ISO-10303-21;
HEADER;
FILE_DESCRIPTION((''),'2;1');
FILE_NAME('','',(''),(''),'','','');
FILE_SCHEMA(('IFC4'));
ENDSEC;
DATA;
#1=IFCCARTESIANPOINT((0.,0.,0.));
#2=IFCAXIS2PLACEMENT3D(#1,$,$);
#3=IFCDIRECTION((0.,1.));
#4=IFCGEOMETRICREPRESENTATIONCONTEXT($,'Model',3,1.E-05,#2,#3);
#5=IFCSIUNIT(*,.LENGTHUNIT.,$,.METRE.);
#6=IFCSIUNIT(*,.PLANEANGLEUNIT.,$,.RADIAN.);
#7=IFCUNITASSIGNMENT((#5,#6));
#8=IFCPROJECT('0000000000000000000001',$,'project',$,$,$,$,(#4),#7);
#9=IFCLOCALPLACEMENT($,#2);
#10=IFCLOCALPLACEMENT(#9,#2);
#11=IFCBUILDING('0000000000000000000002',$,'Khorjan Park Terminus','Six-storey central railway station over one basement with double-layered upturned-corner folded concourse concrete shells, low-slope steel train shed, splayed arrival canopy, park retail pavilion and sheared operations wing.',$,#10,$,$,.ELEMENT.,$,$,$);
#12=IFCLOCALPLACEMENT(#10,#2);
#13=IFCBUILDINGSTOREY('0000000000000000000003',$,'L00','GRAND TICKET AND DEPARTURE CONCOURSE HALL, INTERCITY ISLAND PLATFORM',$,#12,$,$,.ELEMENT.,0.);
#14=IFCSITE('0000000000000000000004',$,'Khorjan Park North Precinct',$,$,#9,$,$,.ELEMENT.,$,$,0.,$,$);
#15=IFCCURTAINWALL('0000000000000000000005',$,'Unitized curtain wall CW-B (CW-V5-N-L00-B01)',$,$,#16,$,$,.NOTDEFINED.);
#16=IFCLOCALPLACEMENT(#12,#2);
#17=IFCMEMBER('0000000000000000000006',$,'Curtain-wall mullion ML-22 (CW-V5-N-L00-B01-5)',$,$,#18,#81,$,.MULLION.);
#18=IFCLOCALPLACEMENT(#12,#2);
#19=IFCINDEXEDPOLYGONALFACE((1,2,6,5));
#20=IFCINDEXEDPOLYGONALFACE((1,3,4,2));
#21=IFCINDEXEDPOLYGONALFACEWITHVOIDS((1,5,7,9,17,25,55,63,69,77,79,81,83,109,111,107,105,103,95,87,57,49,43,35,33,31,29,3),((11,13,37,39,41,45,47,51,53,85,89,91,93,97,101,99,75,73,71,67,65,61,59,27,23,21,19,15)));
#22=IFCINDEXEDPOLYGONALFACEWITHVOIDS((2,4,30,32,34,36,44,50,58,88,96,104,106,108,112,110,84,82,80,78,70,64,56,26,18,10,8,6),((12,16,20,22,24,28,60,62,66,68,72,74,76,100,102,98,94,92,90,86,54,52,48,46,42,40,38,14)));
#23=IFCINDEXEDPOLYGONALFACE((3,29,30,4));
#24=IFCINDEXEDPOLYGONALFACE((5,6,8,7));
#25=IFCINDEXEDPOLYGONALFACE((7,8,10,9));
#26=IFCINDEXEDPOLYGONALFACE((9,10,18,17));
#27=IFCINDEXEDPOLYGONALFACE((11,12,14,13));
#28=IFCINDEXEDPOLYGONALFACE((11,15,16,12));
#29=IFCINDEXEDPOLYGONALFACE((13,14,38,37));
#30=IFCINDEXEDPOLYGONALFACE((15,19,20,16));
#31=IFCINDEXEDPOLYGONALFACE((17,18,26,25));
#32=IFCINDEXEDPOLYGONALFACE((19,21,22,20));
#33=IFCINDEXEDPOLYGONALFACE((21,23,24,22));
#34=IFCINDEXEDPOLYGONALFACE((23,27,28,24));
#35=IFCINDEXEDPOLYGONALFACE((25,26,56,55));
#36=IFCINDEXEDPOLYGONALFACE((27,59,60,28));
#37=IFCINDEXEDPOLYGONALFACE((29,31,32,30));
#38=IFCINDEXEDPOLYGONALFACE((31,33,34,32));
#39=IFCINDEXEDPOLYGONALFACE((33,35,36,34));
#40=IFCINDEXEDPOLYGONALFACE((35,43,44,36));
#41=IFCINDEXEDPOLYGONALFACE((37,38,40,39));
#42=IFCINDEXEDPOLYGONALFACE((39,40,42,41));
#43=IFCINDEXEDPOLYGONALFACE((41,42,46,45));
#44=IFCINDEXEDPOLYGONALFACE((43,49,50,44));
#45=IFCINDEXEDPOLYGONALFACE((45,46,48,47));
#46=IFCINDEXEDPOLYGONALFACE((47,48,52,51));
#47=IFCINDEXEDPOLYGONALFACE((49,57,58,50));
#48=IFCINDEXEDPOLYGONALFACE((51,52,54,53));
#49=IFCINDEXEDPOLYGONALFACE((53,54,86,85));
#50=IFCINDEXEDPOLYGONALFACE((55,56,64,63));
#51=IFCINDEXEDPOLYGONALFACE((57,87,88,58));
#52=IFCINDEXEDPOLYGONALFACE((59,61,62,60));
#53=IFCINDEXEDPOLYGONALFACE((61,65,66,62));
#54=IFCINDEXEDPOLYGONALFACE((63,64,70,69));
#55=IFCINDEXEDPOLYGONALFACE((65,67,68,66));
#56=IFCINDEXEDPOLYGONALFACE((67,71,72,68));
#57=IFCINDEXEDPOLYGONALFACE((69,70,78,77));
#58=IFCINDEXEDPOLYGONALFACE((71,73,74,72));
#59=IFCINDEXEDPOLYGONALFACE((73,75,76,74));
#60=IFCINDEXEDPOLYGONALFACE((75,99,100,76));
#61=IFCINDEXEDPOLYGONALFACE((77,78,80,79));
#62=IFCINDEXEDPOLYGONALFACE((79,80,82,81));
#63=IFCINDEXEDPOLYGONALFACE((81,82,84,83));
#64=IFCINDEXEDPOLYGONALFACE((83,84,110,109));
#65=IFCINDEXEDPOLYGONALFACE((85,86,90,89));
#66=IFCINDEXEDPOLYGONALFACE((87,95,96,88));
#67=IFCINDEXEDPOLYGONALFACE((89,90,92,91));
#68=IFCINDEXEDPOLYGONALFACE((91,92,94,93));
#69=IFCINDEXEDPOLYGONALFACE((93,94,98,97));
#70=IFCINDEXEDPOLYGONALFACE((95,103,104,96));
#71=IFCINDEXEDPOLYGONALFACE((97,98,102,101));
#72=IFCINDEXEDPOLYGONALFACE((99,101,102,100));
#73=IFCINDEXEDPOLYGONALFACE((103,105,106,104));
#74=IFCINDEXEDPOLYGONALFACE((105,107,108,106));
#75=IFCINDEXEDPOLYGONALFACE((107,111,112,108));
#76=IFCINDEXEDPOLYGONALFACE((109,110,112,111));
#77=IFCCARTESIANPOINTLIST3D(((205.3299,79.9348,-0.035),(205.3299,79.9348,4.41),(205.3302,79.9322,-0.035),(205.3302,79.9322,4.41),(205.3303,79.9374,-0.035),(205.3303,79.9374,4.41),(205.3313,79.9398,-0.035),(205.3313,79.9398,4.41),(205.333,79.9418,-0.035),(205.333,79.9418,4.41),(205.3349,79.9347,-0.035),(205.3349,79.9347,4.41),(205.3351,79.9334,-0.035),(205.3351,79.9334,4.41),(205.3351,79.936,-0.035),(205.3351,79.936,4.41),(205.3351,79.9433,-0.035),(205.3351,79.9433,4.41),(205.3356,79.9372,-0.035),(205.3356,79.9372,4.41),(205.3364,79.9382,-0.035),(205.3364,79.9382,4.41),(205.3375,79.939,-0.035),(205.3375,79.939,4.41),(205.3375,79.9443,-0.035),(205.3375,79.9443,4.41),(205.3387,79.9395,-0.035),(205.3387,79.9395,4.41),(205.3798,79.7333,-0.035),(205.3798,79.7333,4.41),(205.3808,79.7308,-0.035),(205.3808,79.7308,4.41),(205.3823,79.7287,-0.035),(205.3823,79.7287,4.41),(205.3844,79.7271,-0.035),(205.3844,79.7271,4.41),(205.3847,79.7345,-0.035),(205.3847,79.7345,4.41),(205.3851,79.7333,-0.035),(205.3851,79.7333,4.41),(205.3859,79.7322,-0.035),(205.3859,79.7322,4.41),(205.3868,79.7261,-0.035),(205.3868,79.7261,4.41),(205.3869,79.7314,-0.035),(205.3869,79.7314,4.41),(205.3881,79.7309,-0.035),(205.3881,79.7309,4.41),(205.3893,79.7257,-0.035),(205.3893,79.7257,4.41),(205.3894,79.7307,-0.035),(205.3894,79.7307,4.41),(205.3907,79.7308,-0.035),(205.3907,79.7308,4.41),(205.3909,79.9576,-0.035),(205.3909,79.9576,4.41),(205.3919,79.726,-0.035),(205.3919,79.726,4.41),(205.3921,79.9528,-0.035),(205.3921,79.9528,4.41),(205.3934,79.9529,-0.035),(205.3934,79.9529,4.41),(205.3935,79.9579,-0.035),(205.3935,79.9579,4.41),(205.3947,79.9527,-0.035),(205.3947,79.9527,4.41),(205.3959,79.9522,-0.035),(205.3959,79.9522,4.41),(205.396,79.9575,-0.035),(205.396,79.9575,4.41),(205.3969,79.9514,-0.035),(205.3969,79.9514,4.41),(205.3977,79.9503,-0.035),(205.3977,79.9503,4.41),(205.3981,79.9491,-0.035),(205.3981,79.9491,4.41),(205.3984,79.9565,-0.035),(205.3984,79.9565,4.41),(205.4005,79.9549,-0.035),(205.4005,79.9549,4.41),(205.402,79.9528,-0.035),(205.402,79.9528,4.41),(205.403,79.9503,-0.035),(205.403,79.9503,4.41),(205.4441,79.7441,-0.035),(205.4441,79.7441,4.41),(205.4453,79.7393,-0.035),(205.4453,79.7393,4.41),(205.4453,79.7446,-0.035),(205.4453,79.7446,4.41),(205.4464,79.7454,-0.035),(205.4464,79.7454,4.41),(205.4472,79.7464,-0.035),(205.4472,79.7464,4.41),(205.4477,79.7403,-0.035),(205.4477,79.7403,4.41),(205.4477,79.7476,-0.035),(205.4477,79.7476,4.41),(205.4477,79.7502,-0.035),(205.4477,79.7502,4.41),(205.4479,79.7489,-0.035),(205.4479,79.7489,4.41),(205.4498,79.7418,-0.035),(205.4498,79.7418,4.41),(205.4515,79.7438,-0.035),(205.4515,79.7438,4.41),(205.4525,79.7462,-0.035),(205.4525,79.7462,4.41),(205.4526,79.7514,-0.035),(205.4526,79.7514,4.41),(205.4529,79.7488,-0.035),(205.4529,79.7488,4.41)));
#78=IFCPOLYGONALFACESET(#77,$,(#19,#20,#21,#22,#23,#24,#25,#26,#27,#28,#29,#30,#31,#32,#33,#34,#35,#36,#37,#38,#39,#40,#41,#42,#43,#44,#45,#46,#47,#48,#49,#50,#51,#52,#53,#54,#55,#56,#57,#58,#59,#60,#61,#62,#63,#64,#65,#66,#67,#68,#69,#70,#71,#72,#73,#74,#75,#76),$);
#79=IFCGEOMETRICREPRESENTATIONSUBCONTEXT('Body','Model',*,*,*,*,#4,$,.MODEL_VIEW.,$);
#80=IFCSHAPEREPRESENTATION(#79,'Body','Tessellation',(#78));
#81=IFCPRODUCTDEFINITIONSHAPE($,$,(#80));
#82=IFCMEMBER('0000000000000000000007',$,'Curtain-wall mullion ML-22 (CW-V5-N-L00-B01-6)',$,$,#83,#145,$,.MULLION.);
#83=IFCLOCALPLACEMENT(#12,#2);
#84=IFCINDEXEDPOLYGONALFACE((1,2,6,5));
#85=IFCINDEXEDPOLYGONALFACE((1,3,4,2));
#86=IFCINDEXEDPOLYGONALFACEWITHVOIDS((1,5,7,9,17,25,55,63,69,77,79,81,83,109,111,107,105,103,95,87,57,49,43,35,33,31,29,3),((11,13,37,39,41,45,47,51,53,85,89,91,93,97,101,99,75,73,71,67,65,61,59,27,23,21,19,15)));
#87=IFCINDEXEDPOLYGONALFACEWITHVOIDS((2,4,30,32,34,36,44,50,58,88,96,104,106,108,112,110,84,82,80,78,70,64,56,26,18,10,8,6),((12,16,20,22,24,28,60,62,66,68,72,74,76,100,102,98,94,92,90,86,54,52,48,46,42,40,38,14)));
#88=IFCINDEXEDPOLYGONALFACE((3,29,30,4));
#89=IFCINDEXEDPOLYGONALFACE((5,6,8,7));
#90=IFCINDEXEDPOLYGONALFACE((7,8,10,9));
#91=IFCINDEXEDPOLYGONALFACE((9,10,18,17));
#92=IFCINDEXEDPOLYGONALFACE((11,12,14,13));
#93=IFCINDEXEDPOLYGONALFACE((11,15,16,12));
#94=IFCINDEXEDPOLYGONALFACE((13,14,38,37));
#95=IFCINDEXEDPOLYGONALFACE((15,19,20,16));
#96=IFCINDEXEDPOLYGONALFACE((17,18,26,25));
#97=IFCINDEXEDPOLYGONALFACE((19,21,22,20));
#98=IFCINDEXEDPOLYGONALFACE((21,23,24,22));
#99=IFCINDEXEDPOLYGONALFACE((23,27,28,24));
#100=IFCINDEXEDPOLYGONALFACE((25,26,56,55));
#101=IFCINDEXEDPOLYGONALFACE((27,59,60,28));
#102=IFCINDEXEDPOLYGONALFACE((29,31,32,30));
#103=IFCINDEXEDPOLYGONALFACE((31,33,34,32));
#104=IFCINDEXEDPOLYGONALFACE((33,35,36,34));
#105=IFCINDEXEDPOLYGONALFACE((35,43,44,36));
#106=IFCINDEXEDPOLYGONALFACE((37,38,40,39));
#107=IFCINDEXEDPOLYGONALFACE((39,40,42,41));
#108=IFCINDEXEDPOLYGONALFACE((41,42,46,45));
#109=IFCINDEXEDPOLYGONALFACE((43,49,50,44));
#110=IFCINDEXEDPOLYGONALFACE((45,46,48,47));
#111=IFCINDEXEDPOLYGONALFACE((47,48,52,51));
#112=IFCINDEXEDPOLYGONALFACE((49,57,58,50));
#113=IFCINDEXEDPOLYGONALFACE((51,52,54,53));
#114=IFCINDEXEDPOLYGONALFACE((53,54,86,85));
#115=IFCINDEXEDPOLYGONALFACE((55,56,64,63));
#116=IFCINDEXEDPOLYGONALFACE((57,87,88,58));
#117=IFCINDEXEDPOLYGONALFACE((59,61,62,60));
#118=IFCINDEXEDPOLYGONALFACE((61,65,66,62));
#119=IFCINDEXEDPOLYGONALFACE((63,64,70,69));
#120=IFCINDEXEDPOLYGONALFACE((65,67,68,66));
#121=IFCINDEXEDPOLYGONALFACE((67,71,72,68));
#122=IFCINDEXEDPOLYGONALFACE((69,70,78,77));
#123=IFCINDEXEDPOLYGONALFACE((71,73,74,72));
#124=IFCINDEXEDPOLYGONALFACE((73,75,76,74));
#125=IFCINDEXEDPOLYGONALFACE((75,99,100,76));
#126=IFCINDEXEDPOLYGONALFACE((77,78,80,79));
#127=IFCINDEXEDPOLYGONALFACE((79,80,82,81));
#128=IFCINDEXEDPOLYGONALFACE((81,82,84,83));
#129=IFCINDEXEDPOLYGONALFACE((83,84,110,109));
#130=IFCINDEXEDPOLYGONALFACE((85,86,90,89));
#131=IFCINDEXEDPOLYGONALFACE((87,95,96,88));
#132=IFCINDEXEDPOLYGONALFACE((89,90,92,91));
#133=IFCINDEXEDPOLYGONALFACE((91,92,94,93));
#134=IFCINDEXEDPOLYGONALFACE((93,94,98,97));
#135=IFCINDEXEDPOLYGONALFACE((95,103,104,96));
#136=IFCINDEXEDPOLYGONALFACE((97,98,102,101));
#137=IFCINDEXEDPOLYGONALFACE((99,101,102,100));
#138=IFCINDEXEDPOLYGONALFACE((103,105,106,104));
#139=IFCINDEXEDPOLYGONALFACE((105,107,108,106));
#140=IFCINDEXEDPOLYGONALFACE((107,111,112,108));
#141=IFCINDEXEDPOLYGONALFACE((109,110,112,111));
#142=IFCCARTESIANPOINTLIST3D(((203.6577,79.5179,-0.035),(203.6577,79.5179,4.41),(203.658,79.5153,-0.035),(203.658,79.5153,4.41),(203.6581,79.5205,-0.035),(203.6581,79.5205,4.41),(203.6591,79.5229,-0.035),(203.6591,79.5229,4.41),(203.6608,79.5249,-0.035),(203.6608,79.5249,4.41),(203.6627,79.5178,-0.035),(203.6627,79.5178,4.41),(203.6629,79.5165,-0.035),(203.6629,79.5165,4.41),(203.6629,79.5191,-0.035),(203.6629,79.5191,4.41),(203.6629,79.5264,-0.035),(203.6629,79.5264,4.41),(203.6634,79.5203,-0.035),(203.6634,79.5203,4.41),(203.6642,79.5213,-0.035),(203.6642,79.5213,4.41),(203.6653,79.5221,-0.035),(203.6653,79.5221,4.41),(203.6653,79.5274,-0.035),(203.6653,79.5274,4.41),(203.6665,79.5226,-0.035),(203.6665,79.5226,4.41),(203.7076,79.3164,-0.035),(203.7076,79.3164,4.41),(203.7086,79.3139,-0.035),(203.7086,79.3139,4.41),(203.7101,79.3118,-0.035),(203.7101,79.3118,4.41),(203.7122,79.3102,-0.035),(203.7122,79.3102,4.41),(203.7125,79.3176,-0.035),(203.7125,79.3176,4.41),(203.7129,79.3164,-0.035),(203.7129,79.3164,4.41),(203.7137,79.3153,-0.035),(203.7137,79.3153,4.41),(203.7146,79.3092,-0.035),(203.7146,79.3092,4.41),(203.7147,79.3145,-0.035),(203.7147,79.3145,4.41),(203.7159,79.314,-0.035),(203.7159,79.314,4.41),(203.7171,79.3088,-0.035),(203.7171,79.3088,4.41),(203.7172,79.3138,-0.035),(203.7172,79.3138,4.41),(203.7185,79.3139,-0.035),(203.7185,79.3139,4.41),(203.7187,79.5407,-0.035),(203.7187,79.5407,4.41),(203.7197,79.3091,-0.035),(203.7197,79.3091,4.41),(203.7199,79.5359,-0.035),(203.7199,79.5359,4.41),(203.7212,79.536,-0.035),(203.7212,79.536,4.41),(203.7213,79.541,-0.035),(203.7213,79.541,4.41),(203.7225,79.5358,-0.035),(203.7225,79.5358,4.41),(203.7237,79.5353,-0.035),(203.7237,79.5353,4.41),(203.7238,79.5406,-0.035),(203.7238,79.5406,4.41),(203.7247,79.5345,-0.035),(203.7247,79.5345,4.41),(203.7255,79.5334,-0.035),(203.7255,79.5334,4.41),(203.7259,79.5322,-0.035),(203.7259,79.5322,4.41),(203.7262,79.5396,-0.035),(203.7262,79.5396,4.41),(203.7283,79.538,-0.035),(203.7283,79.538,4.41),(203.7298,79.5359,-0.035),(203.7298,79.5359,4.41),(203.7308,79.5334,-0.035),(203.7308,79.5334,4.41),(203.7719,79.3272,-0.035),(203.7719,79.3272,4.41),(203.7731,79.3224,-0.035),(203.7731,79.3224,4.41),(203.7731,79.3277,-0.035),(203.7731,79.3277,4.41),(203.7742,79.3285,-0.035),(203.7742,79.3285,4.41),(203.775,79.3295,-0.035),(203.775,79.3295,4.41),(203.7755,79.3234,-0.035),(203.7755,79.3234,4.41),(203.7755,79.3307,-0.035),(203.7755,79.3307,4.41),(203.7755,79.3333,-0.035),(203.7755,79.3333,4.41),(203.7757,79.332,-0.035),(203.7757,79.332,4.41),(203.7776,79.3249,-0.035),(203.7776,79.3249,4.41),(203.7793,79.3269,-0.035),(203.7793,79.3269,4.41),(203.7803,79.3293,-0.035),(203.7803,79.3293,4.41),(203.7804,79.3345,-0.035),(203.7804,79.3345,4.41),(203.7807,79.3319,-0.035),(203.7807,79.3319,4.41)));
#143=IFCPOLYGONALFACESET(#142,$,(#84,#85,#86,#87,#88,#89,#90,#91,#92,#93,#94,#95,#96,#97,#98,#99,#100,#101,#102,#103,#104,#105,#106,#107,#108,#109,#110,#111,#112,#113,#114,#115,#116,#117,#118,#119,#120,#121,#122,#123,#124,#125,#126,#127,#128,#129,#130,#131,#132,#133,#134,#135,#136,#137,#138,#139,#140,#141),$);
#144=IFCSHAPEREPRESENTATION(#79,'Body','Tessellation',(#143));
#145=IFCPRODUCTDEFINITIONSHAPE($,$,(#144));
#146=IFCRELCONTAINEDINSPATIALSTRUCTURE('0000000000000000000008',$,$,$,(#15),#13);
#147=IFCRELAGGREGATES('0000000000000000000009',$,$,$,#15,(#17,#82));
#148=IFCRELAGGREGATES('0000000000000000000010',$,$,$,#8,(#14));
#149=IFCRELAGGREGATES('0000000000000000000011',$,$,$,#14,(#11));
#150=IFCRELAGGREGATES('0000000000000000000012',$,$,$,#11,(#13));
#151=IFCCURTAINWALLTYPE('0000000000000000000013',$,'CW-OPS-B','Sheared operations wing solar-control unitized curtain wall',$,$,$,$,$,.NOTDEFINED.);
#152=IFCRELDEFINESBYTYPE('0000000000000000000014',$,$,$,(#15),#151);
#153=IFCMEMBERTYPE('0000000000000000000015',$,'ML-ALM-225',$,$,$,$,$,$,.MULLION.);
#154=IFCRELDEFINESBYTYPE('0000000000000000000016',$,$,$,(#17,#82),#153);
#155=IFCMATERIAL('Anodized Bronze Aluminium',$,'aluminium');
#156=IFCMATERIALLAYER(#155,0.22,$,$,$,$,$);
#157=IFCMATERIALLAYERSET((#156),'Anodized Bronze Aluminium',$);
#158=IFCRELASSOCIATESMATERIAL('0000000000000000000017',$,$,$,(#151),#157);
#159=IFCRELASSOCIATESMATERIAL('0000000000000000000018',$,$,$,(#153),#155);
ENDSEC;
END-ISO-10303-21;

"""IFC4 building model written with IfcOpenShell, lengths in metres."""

from ifc_helpers import new_model, si_unit, direction, frame, origin, origin_2d, place, context, subcontext, project, spatial, hollow_rectangle, extrude, material, layer, layer_set, material_profile, profile_set, type_object, element, aggregate, save


model = new_model("IFC4")

# Units and contexts
model_context = context("Model", 3, precision=1e-05, world=origin(), true_north=direction((0.0, 1.0)))
body_context = subcontext(model_context, "Body", "Model", "MODEL_VIEW")
ifc_project = project(units=[si_unit("LENGTHUNIT", "METRE"), si_unit("PLANEANGLEUNIT", "RADIAN")], contexts=[model_context])

# Site, building, storey
site_placement = place(None, origin())
site = spatial("IfcSite", under=ifc_project, at=site_placement, Name="Khorjan Park North Precinct", CompositionType="ELEMENT", RefElevation=0.0)
building_placement = place(site_placement, origin())
building = spatial("IfcBuilding", under=site, at=building_placement, Name="Khorjan Park Terminus", Description="Six-storey central railway station over one basement with double-layered upturned-corner folded concourse concrete shells, low-slope steel train shed, splayed arrival canopy, park retail pavilion and sheared operations wing.", CompositionType="ELEMENT")
storey_placement = place(building_placement, origin())
storey = spatial("IfcBuildingStorey", under=building, at=storey_placement, Name="L00", Description="GRAND TICKET AND DEPARTURE CONCOURSE HALL, INTERCITY ISLAND PLATFORM", CompositionType="ELEMENT", Elevation=0.0)

# Curtain wall, members
ifc_material_1 = material(Name="Anodized Bronze Aluminium", Category="aluminium")
ifc_layer_1 = layer(ifc_material_1, 0.22)
ifc_layer_set_1 = layer_set([ifc_layer_1], Name="Anodized Bronze Aluminium")
curtain_wall_type = type_object("IfcCurtainWallType", Name="CW-OPS-B", Description="Sheared operations wing solar-control unitized curtain wall", PredefinedType="NOTDEFINED", material=ifc_layer_set_1)
curtain_wall_placement = place(storey_placement, origin())
curtain_wall = element("IfcCurtainWall", 1, at=curtain_wall_placement, inside=storey, type_object=curtain_wall_type, Name="Unitized curtain wall CW-B (CW-V5-N-L00-B01)", PredefinedType="NOTDEFINED")
ifc_material_profile_1 = material_profile(ifc_material_1, hollow_rectangle(XDim=0.075, YDim=0.225, WallThickness=0.005, InnerFilletRadius=0.005, OuterFilletRadius=0.01, at=origin_2d()), Name="ALM 75x225x5")
ifc_profile_set_1 = profile_set([ifc_material_profile_1], Name="Anodized Bronze Aluminium")
member_type_1 = type_object("IfcMemberType", Name="ML-ALM-225", PredefinedType="MULLION", material=ifc_profile_set_1)
member_1_placement = place(storey_placement, frame((205.3914, 79.8418, -0.035), z_axis=(0.0, 0.0, 1.0), x_axis=(-0.970294, -0.241928, 0.0)))
member_1 = element("IfcMember", 2, at=member_1_placement, type_object=member_type_1, Name="Curtain-wall mullion ML-22 (CW-V5-N-L00-B01-5)", PredefinedType="MULLION", context=body_context, shape_type="SweptSolid", body=[
    extrude(hollow_rectangle(XDim=0.075, YDim=0.225, WallThickness=0.005, InnerFilletRadius=0.005, OuterFilletRadius=0.01, at=origin_2d()), origin(), (0.0, 0.0, 1.0), 4.445),
])
member_2_placement = place(storey_placement, frame((203.7192, 79.4249, -0.035), z_axis=(0.0, 0.0, 1.0), x_axis=(-0.970294, -0.241928, 0.0)))
member_2 = element("IfcMember", 3, at=member_2_placement, type_object=member_type_1, Name="Curtain-wall mullion ML-22 (CW-V5-N-L00-B01-6)", PredefinedType="MULLION", context=body_context, shape_type="SweptSolid", body=[
    extrude(hollow_rectangle(XDim=0.075, YDim=0.225, WallThickness=0.005, InnerFilletRadius=0.005, OuterFilletRadius=0.01, at=origin_2d()), origin(), (0.0, 0.0, 1.0), 4.445),
])
aggregate(curtain_wall, [member_1, member_2])

save(model, "model.ifc")
